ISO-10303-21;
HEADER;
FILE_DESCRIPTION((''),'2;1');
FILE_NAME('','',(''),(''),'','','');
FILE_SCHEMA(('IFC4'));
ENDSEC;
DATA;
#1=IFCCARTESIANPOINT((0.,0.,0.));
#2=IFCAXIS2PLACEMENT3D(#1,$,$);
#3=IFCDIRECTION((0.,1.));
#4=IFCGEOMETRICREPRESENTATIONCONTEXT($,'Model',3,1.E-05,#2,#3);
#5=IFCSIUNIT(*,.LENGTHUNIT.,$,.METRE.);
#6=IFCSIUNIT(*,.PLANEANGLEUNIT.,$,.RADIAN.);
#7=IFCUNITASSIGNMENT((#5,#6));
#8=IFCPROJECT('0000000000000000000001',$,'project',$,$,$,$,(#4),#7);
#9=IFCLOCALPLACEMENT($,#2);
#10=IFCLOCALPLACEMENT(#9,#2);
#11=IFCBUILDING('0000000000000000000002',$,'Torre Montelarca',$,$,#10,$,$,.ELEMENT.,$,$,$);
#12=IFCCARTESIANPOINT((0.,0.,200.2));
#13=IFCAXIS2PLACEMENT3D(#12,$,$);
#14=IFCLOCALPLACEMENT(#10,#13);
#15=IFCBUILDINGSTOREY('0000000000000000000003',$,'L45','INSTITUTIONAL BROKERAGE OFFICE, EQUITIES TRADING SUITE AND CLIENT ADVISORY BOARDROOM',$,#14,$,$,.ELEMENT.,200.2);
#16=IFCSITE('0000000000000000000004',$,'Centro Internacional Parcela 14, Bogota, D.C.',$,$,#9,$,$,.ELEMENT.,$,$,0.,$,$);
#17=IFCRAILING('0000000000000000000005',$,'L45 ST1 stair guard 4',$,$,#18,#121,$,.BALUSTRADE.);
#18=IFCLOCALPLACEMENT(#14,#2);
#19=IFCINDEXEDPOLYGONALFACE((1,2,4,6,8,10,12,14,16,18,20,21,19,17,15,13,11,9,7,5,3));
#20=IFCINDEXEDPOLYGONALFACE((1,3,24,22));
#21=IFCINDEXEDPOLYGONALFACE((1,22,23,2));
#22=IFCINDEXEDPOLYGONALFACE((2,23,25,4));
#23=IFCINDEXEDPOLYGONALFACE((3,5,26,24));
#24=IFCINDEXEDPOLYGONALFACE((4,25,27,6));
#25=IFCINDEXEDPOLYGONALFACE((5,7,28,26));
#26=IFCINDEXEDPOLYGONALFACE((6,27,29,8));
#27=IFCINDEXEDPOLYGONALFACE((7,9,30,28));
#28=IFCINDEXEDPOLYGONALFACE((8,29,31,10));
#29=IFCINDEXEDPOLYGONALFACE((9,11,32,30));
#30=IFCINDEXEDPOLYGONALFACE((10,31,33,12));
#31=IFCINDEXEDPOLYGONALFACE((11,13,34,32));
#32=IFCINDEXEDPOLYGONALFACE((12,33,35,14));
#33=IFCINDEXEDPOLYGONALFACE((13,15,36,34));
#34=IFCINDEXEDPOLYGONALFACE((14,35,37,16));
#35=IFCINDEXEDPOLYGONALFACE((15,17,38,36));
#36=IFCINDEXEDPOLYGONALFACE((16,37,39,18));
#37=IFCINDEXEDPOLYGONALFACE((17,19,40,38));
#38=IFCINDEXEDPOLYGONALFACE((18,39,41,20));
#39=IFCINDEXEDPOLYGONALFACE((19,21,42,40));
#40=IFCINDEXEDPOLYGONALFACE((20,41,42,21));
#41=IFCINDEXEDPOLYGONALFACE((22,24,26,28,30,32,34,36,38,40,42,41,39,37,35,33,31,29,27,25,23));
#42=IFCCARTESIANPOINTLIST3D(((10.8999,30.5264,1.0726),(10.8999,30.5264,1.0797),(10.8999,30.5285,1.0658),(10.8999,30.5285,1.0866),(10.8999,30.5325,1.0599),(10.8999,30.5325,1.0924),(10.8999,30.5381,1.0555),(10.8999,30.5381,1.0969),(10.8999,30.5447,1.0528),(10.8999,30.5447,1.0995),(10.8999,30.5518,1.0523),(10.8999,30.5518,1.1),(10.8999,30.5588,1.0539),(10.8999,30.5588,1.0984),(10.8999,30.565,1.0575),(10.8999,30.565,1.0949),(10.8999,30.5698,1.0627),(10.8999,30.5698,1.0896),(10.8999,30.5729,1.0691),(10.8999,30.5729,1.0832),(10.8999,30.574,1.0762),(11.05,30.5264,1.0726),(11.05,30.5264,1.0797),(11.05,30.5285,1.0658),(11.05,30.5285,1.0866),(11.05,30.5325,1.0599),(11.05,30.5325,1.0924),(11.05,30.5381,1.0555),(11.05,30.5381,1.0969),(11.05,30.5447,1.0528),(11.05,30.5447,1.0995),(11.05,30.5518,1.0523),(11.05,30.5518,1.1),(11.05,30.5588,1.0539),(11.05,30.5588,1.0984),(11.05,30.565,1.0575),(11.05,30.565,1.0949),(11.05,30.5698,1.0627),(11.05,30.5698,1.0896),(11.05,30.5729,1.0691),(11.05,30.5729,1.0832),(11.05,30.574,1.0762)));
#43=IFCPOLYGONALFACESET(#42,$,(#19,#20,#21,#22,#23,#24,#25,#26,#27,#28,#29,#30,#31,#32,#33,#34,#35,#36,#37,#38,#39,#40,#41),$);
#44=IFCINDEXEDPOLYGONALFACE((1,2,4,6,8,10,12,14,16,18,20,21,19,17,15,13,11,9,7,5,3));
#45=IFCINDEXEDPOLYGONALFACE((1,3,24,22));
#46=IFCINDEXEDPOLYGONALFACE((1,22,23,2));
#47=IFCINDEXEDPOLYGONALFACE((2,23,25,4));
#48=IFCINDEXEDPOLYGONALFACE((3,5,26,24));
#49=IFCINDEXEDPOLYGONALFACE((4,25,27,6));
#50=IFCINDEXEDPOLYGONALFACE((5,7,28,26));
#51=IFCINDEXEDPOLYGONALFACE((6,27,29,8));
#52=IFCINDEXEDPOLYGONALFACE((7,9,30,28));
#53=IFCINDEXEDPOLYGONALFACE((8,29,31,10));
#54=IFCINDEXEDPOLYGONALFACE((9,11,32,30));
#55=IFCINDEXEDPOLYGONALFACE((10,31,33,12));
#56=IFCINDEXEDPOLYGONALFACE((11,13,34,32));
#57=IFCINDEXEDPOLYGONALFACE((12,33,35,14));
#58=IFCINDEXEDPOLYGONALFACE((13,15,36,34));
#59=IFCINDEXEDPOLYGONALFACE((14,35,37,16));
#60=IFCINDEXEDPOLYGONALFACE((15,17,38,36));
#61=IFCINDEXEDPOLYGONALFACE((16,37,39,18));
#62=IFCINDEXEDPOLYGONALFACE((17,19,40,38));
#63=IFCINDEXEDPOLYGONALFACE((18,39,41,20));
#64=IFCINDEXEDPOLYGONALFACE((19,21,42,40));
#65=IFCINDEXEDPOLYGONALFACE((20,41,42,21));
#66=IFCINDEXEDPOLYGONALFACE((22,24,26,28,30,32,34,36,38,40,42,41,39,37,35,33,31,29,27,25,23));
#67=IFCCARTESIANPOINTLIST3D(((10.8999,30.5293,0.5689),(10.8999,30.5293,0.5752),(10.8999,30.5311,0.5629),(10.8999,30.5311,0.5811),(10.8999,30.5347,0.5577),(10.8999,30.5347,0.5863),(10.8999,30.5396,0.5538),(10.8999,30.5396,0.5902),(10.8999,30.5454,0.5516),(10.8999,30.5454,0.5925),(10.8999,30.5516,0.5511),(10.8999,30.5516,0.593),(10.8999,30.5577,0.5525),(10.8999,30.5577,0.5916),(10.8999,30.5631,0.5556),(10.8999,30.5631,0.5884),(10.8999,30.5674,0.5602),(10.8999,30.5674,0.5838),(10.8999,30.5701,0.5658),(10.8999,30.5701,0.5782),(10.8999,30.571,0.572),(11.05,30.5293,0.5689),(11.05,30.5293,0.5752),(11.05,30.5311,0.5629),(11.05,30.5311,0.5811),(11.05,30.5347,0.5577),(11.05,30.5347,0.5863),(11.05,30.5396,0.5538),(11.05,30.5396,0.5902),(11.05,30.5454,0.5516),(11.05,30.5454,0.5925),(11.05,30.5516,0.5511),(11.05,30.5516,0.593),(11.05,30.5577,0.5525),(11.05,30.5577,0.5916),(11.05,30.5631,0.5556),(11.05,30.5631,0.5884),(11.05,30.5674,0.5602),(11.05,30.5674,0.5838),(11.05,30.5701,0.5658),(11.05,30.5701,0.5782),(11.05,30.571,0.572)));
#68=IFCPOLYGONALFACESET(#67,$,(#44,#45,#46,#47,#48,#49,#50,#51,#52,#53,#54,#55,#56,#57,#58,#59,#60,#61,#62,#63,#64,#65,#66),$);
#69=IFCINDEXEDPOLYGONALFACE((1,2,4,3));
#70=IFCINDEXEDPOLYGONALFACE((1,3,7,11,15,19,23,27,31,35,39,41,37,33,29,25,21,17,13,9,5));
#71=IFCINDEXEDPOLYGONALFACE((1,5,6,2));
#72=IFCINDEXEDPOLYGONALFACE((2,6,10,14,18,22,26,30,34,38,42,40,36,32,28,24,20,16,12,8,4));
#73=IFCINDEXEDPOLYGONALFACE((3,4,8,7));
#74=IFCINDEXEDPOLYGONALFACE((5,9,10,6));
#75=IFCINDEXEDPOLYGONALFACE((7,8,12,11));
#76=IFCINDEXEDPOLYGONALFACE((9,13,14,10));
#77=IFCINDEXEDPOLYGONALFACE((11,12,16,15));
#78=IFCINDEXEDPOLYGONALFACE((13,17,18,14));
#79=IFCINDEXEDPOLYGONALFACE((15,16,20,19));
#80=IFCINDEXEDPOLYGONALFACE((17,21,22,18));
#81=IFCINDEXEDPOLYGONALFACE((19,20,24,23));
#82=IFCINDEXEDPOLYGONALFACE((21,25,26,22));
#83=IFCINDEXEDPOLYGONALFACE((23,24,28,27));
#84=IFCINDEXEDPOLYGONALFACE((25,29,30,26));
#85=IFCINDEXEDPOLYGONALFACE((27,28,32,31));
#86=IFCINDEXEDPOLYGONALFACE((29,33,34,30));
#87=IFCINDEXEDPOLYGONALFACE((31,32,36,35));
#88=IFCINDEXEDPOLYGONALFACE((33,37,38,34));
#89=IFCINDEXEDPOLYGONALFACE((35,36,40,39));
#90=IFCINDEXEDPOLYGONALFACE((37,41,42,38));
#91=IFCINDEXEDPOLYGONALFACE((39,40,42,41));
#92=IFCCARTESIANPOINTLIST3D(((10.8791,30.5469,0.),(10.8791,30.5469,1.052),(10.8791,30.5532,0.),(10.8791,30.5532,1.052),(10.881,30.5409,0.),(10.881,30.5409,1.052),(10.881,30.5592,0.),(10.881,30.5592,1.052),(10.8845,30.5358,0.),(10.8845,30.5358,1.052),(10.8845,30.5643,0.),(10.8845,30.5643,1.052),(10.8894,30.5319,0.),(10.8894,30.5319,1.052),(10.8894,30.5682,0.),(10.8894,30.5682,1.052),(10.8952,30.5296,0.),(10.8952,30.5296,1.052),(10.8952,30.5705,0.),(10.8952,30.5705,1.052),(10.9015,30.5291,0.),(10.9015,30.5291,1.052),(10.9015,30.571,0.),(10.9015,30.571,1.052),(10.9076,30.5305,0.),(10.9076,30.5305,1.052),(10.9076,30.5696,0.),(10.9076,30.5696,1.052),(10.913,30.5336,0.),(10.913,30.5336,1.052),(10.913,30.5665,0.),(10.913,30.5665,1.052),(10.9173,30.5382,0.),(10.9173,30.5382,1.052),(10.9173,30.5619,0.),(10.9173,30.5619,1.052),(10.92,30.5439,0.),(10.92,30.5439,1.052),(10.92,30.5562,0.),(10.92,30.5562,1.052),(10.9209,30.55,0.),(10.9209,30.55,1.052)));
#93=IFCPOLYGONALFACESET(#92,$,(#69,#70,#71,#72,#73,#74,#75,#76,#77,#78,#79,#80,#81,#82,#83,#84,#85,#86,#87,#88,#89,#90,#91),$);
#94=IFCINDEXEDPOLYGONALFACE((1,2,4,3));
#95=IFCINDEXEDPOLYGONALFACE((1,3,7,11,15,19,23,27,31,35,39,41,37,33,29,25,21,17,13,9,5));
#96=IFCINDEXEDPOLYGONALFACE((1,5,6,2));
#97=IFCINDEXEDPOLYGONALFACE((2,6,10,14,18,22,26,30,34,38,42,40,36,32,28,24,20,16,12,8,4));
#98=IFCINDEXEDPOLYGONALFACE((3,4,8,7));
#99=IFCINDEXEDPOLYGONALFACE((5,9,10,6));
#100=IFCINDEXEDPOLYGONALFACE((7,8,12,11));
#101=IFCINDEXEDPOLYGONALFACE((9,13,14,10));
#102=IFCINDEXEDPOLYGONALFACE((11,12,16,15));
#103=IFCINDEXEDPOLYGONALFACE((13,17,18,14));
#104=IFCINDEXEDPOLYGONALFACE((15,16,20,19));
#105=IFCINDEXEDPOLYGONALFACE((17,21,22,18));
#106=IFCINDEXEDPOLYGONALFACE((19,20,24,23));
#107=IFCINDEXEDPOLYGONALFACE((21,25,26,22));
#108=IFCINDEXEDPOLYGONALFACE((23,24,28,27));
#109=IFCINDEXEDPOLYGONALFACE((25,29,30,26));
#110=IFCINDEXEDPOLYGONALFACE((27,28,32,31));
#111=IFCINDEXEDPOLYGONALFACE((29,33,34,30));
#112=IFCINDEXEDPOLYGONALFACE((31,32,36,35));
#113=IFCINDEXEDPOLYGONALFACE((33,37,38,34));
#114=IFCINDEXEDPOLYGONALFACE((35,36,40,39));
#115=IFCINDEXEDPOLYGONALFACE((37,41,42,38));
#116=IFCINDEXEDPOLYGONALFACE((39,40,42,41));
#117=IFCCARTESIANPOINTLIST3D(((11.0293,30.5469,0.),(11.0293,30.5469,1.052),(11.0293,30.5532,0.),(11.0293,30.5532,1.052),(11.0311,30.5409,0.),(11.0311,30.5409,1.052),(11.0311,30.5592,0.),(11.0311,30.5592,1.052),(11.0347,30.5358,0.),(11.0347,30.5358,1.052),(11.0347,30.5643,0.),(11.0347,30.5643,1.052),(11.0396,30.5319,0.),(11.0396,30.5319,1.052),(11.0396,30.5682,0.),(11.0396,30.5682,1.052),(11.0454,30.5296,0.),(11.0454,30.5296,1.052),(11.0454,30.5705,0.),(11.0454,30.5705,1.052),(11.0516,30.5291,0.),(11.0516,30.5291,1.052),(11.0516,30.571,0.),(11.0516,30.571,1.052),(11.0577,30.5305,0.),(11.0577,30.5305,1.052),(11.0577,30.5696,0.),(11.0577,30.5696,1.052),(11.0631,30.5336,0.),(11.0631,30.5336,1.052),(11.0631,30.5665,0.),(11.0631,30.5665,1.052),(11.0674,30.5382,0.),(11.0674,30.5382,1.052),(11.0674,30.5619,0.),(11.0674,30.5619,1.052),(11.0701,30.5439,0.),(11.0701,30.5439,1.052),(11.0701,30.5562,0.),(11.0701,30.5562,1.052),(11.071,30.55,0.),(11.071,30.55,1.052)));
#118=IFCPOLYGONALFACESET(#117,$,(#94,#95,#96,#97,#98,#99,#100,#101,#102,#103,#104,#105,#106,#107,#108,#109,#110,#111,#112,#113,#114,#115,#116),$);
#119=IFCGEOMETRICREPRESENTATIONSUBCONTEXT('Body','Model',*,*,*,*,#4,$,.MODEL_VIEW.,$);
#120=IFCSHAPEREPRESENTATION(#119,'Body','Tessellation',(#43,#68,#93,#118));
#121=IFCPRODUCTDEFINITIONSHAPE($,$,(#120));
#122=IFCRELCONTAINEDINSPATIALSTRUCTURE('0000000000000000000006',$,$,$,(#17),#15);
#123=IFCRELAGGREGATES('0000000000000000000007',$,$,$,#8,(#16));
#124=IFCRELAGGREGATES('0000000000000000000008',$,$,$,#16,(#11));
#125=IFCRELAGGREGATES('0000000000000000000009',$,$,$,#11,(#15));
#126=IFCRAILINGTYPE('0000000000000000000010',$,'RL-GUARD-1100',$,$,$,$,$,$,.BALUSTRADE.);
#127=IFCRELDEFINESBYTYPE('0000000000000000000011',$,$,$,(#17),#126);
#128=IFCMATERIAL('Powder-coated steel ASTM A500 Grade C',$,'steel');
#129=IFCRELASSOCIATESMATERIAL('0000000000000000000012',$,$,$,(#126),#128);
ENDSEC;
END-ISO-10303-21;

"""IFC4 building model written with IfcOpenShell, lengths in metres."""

from ifc_helpers import new_model, si_unit, direction, frame, origin, origin_2d, place, context, subcontext, project, spatial, circle, extrude, material, type_object, element, save


model = new_model("IFC4")

# Units and contexts
model_context = context("Model", 3, precision=1e-05, world=origin(), true_north=direction((0.0, 1.0)))
body_context = subcontext(model_context, "Body", "Model", "MODEL_VIEW")
ifc_project = project(units=[si_unit("LENGTHUNIT", "METRE"), si_unit("PLANEANGLEUNIT", "RADIAN")], contexts=[model_context])

# Site, building, storey
site_placement = place(None, origin())
site = spatial("IfcSite", under=ifc_project, at=site_placement, Name="Centro Internacional Parcela 14, Bogota, D.C.", CompositionType="ELEMENT", RefElevation=0.0)
building_placement = place(site_placement, origin())
building = spatial("IfcBuilding", under=site, at=building_placement, Name="Torre Montelarca", CompositionType="ELEMENT")
storey_placement = place(building_placement, frame((0.0, 0.0, 200.2)))
storey = spatial("IfcBuildingStorey", under=building, at=storey_placement, Name="L45", Description="INSTITUTIONAL BROKERAGE OFFICE, EQUITIES TRADING SUITE AND CLIENT ADVISORY BOARDROOM", CompositionType="ELEMENT", Elevation=200.2)

# Railing
ifc_material_1 = material(Name="Powder-coated steel ASTM A500 Grade C", Category="steel")
railing_type_1 = type_object("IfcRailingType", Name="RL-GUARD-1100", PredefinedType="BALUSTRADE", material=ifc_material_1)
railing_1_placement = place(storey_placement, frame((10.8999, 30.55, 0.0)))
element("IfcRailing", 1, at=railing_1_placement, inside=storey, type_object=railing_type_1, Name="L45 ST1 stair guard 4", PredefinedType="BALUSTRADE", context=body_context, shape_type="SweptSolid", body=[
    extrude(circle(Radius=0.0239, at=origin_2d()), frame((0.0, 0.0, 1.0762), z_axis=(1.0, 0.0, 0.0), x_axis=(0.0, 1.0, 0.0)), (0.0, 0.0, 1.0), 0.1501),
    extrude(circle(Radius=0.021, at=origin_2d()), frame((0.0, 0.0, 0.572), z_axis=(1.0, 0.0, 0.0), x_axis=(0.0, 1.0, 0.0)), (0.0, 0.0, 1.0), 0.1501),
    extrude(circle(Radius=0.021, at=origin_2d()), origin(), (0.0, 0.0, 1.0), 1.052),
    extrude(circle(Radius=0.021, at=origin_2d()), frame((0.1501, 0.0, 0.0)), (0.0, 0.0, 1.0), 1.052),
])

save(model, "model.ifc")
